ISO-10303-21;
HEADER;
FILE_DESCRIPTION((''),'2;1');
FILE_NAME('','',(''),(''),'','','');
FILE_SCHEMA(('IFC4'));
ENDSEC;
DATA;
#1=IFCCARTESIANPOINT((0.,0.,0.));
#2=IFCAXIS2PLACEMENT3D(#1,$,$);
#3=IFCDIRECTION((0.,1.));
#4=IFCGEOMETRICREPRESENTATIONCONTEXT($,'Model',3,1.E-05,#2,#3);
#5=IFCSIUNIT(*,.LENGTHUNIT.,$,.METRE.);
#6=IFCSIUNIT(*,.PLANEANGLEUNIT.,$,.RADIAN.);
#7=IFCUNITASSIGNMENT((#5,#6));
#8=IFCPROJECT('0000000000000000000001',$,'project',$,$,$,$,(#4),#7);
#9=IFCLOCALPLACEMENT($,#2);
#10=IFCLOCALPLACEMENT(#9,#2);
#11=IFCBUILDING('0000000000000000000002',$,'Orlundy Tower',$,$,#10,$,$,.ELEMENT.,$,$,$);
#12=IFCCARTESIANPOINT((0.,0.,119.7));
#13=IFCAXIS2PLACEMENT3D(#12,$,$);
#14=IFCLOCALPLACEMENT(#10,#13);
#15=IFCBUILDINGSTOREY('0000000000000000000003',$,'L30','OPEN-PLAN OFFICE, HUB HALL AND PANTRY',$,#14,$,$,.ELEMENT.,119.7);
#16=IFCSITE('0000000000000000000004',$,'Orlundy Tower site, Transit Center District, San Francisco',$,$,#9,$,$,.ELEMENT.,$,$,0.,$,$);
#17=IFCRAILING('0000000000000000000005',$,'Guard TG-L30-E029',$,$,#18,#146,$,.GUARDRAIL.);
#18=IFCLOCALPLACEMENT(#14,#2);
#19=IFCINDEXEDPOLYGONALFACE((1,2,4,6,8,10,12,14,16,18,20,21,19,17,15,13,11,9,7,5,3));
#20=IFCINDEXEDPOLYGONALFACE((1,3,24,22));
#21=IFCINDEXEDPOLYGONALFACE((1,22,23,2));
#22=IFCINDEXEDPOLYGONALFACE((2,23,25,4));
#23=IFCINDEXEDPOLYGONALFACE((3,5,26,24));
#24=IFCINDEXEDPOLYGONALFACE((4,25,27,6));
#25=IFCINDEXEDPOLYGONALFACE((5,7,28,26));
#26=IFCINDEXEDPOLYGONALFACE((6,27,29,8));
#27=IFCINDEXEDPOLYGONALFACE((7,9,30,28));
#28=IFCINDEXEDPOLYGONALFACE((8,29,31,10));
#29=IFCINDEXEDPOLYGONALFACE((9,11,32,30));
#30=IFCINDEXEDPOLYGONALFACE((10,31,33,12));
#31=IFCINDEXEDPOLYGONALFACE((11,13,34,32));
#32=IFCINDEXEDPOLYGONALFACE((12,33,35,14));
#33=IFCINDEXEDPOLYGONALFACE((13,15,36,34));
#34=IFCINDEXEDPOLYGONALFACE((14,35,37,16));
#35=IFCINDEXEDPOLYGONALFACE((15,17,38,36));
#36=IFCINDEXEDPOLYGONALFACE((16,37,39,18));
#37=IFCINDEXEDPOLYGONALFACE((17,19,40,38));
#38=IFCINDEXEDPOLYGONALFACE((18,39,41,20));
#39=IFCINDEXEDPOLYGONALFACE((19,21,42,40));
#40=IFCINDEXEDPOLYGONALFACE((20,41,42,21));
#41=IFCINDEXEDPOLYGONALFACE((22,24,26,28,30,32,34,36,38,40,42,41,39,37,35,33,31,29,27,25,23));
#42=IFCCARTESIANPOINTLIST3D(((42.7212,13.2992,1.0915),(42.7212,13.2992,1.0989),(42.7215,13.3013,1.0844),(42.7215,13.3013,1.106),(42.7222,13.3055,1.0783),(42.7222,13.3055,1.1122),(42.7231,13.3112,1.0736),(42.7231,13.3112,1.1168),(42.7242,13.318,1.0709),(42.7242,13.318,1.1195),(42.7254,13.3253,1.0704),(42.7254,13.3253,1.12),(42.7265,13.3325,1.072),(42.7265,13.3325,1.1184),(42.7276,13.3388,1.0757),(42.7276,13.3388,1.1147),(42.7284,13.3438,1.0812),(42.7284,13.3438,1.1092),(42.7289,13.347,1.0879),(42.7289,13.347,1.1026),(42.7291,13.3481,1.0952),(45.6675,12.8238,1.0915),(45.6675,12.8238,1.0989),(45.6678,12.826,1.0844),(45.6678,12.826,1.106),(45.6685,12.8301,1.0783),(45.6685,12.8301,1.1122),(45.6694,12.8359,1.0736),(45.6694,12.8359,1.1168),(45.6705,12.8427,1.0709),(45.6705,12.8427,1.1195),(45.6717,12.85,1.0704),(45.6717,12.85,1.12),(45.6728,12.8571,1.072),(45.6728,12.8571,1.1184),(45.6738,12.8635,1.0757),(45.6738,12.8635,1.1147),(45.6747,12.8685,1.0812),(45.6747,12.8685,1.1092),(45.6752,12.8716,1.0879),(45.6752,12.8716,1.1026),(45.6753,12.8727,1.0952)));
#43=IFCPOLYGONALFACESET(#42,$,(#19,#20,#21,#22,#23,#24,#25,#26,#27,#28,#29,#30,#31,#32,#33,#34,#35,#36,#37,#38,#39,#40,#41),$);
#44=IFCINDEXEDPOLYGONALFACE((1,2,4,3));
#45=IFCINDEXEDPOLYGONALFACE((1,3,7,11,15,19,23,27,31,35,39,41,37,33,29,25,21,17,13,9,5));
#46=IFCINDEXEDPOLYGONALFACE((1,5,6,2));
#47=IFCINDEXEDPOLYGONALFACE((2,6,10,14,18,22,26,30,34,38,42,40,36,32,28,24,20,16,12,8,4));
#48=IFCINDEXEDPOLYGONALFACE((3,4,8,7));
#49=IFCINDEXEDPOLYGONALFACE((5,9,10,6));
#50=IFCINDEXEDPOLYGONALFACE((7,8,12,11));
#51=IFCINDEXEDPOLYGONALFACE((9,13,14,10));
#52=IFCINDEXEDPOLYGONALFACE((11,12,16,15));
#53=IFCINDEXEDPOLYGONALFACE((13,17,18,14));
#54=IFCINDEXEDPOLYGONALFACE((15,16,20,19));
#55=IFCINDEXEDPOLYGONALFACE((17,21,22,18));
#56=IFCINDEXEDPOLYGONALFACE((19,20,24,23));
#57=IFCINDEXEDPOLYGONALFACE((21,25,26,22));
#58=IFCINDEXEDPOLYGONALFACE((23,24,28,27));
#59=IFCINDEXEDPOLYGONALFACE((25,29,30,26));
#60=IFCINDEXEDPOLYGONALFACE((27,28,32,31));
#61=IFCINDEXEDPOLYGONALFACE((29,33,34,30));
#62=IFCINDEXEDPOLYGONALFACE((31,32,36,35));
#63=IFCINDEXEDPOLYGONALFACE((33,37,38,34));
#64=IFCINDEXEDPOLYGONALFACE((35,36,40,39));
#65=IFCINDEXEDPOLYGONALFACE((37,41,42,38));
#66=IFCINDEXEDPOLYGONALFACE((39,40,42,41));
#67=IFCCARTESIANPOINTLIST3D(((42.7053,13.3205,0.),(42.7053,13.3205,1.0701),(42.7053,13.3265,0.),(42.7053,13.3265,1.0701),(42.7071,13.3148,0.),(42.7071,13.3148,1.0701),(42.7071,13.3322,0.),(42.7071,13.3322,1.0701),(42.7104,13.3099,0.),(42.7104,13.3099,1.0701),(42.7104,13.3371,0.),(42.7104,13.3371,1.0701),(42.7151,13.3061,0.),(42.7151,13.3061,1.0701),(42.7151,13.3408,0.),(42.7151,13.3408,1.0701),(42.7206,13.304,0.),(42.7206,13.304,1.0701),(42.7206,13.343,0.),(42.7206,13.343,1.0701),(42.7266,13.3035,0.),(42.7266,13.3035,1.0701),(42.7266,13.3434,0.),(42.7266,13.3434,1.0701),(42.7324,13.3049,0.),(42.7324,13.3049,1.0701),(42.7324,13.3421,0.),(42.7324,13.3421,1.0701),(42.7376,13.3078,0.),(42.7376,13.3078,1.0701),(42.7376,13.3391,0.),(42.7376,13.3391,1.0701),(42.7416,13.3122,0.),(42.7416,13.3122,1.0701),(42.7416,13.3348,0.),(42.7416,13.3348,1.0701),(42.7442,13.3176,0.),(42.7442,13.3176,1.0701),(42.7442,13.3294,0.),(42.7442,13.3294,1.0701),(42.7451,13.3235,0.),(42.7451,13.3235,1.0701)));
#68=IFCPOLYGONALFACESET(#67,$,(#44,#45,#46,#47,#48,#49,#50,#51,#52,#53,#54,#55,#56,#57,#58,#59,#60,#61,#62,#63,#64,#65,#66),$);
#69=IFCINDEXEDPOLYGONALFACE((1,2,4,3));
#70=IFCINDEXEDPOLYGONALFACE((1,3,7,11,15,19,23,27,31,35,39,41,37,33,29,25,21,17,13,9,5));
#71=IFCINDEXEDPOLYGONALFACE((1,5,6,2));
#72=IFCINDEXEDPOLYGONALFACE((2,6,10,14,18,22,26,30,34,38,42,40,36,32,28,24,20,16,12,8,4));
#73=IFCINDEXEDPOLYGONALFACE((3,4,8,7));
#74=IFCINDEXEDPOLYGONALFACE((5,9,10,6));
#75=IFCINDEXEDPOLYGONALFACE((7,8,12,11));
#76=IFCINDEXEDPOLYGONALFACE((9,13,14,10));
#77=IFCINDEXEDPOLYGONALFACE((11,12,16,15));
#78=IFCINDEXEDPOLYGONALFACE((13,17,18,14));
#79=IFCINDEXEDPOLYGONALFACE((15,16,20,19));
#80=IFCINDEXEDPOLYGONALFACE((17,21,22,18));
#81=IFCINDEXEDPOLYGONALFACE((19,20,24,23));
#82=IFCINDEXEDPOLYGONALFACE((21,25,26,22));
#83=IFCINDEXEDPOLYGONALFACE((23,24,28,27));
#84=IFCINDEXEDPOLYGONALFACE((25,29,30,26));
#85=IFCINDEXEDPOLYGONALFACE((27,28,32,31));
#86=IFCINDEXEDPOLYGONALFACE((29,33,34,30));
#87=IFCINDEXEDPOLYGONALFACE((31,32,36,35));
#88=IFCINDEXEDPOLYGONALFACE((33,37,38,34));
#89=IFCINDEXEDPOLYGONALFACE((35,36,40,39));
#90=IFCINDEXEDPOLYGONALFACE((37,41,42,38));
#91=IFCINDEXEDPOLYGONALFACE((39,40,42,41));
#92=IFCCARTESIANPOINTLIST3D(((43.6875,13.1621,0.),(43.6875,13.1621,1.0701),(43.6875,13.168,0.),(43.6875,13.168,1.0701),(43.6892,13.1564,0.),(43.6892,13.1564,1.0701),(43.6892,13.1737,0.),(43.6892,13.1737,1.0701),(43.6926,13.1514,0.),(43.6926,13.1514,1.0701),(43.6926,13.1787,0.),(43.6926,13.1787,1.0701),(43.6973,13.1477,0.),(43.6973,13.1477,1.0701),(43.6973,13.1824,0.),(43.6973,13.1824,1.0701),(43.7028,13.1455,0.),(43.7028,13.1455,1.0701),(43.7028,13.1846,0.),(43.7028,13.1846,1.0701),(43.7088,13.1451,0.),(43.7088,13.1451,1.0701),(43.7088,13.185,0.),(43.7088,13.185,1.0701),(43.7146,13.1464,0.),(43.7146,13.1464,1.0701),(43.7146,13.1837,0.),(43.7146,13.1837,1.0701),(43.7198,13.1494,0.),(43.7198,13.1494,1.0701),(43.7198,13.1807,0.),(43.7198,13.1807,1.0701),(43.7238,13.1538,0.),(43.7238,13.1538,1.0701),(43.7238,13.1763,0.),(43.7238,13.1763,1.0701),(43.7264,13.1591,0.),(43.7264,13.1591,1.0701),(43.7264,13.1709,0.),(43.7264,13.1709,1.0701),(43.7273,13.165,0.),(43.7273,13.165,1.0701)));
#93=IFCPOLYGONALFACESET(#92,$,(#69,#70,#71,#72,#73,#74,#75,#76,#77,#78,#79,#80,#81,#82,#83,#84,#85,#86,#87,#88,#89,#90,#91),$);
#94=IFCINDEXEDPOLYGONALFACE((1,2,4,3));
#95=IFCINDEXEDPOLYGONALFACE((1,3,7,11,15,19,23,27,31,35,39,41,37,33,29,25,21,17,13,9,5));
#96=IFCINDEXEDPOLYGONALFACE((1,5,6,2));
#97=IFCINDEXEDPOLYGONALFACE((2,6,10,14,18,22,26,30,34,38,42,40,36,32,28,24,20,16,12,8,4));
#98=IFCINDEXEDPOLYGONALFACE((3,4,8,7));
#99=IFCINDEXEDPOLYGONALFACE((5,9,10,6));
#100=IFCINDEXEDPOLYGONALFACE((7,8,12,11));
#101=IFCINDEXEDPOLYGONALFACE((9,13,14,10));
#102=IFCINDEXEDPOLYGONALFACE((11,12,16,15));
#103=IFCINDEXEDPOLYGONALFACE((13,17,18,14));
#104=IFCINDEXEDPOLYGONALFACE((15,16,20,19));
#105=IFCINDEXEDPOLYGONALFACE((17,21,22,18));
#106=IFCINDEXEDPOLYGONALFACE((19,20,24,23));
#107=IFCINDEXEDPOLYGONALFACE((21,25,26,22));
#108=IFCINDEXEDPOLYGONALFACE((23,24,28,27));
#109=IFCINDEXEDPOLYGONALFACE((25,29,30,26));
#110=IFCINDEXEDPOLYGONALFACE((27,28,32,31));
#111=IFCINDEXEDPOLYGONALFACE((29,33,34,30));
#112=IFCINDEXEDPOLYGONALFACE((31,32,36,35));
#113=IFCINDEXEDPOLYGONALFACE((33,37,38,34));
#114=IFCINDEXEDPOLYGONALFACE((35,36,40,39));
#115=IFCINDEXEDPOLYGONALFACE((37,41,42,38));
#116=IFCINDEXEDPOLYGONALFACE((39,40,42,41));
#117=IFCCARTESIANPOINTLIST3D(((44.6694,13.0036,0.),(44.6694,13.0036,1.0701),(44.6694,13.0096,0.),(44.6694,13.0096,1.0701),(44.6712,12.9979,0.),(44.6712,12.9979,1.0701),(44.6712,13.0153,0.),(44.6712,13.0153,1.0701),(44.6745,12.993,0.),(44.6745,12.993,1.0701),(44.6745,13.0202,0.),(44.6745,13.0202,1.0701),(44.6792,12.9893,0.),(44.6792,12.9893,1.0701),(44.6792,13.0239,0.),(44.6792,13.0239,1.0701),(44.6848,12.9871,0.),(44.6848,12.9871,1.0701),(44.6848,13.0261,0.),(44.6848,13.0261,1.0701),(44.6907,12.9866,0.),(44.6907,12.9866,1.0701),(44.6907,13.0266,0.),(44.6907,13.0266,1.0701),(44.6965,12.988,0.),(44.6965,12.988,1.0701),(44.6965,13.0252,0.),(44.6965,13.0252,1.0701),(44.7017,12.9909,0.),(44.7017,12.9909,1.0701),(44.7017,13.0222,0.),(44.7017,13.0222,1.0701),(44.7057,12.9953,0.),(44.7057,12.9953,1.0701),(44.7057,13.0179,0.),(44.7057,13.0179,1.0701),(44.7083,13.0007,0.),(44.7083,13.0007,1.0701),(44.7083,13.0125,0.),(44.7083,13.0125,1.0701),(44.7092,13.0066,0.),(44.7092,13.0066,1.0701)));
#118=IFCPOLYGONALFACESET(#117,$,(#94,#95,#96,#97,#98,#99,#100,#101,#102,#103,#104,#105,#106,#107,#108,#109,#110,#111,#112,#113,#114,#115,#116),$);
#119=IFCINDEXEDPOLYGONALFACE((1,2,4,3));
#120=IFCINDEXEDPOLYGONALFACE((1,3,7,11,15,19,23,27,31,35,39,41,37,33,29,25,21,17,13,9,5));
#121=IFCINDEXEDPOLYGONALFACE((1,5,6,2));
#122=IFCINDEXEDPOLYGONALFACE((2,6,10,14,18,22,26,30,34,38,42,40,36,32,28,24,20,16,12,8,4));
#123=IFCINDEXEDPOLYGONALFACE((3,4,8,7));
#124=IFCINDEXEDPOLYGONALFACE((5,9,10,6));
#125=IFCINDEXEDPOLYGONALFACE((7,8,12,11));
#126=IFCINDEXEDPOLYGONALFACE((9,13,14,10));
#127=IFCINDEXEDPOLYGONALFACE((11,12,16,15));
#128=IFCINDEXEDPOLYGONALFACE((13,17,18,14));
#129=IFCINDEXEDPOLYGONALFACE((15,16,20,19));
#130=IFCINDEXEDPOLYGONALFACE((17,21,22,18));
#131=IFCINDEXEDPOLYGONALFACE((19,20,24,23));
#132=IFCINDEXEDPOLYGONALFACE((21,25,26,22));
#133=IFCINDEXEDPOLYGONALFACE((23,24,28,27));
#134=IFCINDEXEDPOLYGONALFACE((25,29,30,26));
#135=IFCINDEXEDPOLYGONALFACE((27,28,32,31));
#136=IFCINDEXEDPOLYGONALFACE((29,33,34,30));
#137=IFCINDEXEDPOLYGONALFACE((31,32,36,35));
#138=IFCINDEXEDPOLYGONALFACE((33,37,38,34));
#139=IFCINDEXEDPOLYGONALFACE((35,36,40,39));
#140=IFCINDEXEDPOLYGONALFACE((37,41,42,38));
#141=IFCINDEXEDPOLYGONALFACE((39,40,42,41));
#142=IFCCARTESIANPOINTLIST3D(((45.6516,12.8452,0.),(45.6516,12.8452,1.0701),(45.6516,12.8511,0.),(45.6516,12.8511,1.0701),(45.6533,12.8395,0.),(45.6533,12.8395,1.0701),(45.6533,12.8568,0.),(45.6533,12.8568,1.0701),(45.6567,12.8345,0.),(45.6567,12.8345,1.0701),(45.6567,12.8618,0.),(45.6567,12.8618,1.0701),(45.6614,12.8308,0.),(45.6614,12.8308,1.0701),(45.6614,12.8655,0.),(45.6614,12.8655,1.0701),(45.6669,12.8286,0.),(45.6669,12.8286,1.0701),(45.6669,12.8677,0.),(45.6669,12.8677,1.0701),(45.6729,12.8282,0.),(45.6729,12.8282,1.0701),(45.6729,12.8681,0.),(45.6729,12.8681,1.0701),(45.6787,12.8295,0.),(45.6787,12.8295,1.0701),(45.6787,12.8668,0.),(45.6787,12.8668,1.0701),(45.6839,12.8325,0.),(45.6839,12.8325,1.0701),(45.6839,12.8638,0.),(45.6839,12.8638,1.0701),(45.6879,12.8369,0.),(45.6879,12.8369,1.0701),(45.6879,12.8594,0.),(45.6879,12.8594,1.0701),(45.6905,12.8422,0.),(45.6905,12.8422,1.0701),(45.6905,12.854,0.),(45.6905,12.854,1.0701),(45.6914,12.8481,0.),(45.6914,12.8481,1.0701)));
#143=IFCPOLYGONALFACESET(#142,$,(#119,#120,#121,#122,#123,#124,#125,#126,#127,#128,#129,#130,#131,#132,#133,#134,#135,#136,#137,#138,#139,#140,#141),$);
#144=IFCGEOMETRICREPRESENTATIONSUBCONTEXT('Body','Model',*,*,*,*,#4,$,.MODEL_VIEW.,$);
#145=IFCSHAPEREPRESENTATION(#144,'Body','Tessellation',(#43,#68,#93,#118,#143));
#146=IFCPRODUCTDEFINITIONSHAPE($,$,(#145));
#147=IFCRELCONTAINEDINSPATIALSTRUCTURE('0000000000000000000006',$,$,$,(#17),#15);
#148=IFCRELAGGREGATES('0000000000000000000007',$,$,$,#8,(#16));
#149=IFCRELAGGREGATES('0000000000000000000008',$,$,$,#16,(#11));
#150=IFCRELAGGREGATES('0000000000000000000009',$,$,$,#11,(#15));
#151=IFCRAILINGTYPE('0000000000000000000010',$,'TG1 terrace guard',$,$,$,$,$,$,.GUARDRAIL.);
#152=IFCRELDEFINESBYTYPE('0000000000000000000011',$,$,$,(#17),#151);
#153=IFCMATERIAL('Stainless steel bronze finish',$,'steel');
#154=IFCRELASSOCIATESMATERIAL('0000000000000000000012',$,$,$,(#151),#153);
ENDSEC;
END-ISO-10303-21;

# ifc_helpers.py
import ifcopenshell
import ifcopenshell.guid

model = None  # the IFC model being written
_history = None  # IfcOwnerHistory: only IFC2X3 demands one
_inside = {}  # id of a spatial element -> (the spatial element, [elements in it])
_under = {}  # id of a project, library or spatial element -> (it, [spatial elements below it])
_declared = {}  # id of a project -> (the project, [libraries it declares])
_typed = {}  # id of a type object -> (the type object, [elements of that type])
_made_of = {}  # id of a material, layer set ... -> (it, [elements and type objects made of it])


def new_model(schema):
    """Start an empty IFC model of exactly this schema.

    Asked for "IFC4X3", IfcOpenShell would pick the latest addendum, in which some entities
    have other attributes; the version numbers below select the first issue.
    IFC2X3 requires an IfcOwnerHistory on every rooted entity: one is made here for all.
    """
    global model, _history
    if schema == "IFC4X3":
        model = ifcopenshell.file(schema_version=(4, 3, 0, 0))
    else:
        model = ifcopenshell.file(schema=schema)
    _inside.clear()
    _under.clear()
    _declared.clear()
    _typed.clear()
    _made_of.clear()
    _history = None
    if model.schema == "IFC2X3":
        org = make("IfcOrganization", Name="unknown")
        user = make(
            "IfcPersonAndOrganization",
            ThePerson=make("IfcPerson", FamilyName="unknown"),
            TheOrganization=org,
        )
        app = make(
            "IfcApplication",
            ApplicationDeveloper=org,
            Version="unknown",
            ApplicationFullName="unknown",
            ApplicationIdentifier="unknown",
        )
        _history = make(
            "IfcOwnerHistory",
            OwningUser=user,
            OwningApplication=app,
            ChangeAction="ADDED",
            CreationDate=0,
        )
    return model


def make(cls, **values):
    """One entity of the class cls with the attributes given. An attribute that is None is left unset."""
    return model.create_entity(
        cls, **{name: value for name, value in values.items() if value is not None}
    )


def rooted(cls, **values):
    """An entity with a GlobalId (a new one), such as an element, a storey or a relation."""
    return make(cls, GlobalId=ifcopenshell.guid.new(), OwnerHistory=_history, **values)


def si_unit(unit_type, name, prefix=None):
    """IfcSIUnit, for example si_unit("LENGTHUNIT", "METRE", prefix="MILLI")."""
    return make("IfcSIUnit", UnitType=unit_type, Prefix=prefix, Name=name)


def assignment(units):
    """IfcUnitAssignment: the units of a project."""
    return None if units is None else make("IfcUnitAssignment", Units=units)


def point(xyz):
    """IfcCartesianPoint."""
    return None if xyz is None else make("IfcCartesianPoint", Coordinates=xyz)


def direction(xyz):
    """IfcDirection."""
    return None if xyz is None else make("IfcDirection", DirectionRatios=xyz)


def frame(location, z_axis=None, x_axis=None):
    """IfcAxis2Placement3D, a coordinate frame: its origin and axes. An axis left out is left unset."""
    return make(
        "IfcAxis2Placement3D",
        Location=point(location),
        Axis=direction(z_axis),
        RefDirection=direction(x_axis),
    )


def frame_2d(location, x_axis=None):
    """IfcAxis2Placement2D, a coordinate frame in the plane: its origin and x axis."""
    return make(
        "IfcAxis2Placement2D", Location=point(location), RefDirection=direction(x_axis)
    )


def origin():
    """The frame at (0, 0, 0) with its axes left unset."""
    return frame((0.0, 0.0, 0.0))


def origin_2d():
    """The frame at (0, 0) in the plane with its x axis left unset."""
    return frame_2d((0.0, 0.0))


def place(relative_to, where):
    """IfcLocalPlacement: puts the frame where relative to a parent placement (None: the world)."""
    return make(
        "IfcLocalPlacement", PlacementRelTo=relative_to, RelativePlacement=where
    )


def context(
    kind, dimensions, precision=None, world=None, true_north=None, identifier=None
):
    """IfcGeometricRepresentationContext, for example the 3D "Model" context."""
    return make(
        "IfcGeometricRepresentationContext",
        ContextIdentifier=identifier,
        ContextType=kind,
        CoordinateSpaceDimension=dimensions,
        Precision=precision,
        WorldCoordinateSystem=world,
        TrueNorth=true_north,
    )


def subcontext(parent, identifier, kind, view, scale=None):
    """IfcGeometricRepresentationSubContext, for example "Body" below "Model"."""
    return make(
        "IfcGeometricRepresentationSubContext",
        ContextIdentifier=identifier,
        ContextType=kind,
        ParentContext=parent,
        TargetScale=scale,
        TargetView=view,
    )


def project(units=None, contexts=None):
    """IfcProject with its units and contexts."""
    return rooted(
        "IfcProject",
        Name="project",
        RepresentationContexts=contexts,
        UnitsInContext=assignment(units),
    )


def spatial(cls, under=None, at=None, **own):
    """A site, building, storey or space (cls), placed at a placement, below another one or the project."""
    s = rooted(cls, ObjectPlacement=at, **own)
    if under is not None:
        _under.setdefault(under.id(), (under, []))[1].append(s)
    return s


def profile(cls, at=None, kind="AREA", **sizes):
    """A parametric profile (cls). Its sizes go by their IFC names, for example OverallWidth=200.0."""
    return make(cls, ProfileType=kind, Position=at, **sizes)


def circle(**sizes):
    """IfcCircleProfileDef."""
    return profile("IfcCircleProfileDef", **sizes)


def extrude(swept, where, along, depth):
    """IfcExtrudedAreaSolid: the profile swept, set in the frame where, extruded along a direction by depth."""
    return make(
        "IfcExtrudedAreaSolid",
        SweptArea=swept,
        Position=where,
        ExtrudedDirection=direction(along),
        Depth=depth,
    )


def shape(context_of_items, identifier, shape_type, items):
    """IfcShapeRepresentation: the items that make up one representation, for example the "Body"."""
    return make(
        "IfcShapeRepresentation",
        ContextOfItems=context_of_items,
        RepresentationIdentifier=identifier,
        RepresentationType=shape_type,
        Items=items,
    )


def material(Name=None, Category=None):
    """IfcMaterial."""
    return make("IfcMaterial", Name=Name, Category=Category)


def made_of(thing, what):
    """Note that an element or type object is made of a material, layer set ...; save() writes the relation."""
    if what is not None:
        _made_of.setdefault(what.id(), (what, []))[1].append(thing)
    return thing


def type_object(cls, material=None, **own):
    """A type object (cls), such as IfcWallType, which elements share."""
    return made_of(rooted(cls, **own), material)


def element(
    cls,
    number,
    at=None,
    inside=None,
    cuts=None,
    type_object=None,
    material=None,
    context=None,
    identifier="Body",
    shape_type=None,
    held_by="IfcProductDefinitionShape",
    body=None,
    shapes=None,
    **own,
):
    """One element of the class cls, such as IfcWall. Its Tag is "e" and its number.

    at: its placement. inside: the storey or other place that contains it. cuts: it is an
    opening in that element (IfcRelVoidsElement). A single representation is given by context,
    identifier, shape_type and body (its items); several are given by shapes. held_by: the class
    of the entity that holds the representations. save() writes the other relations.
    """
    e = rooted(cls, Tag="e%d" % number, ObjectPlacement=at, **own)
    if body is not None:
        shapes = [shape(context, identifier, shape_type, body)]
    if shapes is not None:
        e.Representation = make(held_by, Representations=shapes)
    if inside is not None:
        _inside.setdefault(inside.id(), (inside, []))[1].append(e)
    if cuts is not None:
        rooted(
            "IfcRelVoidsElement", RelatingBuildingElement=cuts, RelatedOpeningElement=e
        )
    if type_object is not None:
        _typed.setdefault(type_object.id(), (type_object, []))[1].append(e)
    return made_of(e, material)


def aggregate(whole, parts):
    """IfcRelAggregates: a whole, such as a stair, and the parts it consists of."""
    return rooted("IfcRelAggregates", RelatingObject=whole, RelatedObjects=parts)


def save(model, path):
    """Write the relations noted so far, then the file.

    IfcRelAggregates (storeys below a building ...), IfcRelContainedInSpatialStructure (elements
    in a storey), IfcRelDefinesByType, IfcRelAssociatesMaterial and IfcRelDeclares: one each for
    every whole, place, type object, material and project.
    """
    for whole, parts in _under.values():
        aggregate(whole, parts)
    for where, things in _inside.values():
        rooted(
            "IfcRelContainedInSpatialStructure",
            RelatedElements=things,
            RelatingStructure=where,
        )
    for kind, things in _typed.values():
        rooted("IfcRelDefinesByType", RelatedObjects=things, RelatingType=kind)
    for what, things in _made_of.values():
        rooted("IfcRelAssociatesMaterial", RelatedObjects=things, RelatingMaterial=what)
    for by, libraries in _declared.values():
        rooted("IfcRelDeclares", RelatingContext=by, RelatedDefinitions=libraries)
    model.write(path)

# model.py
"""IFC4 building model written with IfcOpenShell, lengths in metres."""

from ifc_helpers import new_model, si_unit, direction, frame, origin, origin_2d, place, context, subcontext, project, spatial, circle, extrude, material, type_object, element, save


model = new_model("IFC4")

# Units and contexts
model_context = context("Model", 3, precision=1e-05, world=origin(), true_north=direction((0.0, 1.0)))
body_context = subcontext(model_context, "Body", "Model", "MODEL_VIEW")
ifc_project = project(units=[si_unit("LENGTHUNIT", "METRE"), si_unit("PLANEANGLEUNIT", "RADIAN")], contexts=[model_context])

# Site, building, storey
site_placement = place(None, origin())
site = spatial("IfcSite", under=ifc_project, at=site_placement, Name="Orlundy Tower site, Transit Center District, San Francisco", CompositionType="ELEMENT", RefElevation=0.0)
building_placement = place(site_placement, origin())
building = spatial("IfcBuilding", under=site, at=building_placement, Name="Orlundy Tower", CompositionType="ELEMENT")
storey_placement = place(building_placement, frame((0.0, 0.0, 119.7)))
storey = spatial("IfcBuildingStorey", under=building, at=storey_placement, Name="L30", Description="OPEN-PLAN OFFICE, HUB HALL AND PANTRY", CompositionType="ELEMENT", Elevation=119.7)

# Railing
ifc_material_1 = material(Name="Stainless steel bronze finish", Category="steel")
railing_type = type_object("IfcRailingType", Name="TG1 terrace guard", PredefinedType="GUARDRAIL", material=ifc_material_1)
railing_1_placement = place(storey_placement, frame((42.7251, 13.3235, 0.0)))
element("IfcRailing", 1, at=railing_1_placement, inside=storey, type_object=railing_type, Name="Guard TG-L30-E029", PredefinedType="GUARDRAIL", context=body_context, shape_type="SweptSolid", body=[
    extrude(circle(Radius=0.0249, at=origin_2d()), frame((0.0, 0.0, 1.0952), z_axis=(0.987234, -0.159276, 0.0), x_axis=(0.159276, 0.987234, 0.0)), (0.0, 0.0, 1.0), 2.9844),
    extrude(circle(Radius=0.02, at=origin_2d()), origin(), (0.0, 0.0, 1.0), 1.0701),
    extrude(circle(Radius=0.02, at=origin_2d()), frame((0.9822, -0.1584, 0.0)), (0.0, 0.0, 1.0), 1.0701),
    extrude(circle(Radius=0.02, at=origin_2d()), frame((1.9641, -0.3169, 0.0)), (0.0, 0.0, 1.0), 1.0701),
    extrude(circle(Radius=0.02, at=origin_2d()), frame((2.9463, -0.4753, 0.0)), (0.0, 0.0, 1.0), 1.0701),
])

save(model, "model.ifc")
